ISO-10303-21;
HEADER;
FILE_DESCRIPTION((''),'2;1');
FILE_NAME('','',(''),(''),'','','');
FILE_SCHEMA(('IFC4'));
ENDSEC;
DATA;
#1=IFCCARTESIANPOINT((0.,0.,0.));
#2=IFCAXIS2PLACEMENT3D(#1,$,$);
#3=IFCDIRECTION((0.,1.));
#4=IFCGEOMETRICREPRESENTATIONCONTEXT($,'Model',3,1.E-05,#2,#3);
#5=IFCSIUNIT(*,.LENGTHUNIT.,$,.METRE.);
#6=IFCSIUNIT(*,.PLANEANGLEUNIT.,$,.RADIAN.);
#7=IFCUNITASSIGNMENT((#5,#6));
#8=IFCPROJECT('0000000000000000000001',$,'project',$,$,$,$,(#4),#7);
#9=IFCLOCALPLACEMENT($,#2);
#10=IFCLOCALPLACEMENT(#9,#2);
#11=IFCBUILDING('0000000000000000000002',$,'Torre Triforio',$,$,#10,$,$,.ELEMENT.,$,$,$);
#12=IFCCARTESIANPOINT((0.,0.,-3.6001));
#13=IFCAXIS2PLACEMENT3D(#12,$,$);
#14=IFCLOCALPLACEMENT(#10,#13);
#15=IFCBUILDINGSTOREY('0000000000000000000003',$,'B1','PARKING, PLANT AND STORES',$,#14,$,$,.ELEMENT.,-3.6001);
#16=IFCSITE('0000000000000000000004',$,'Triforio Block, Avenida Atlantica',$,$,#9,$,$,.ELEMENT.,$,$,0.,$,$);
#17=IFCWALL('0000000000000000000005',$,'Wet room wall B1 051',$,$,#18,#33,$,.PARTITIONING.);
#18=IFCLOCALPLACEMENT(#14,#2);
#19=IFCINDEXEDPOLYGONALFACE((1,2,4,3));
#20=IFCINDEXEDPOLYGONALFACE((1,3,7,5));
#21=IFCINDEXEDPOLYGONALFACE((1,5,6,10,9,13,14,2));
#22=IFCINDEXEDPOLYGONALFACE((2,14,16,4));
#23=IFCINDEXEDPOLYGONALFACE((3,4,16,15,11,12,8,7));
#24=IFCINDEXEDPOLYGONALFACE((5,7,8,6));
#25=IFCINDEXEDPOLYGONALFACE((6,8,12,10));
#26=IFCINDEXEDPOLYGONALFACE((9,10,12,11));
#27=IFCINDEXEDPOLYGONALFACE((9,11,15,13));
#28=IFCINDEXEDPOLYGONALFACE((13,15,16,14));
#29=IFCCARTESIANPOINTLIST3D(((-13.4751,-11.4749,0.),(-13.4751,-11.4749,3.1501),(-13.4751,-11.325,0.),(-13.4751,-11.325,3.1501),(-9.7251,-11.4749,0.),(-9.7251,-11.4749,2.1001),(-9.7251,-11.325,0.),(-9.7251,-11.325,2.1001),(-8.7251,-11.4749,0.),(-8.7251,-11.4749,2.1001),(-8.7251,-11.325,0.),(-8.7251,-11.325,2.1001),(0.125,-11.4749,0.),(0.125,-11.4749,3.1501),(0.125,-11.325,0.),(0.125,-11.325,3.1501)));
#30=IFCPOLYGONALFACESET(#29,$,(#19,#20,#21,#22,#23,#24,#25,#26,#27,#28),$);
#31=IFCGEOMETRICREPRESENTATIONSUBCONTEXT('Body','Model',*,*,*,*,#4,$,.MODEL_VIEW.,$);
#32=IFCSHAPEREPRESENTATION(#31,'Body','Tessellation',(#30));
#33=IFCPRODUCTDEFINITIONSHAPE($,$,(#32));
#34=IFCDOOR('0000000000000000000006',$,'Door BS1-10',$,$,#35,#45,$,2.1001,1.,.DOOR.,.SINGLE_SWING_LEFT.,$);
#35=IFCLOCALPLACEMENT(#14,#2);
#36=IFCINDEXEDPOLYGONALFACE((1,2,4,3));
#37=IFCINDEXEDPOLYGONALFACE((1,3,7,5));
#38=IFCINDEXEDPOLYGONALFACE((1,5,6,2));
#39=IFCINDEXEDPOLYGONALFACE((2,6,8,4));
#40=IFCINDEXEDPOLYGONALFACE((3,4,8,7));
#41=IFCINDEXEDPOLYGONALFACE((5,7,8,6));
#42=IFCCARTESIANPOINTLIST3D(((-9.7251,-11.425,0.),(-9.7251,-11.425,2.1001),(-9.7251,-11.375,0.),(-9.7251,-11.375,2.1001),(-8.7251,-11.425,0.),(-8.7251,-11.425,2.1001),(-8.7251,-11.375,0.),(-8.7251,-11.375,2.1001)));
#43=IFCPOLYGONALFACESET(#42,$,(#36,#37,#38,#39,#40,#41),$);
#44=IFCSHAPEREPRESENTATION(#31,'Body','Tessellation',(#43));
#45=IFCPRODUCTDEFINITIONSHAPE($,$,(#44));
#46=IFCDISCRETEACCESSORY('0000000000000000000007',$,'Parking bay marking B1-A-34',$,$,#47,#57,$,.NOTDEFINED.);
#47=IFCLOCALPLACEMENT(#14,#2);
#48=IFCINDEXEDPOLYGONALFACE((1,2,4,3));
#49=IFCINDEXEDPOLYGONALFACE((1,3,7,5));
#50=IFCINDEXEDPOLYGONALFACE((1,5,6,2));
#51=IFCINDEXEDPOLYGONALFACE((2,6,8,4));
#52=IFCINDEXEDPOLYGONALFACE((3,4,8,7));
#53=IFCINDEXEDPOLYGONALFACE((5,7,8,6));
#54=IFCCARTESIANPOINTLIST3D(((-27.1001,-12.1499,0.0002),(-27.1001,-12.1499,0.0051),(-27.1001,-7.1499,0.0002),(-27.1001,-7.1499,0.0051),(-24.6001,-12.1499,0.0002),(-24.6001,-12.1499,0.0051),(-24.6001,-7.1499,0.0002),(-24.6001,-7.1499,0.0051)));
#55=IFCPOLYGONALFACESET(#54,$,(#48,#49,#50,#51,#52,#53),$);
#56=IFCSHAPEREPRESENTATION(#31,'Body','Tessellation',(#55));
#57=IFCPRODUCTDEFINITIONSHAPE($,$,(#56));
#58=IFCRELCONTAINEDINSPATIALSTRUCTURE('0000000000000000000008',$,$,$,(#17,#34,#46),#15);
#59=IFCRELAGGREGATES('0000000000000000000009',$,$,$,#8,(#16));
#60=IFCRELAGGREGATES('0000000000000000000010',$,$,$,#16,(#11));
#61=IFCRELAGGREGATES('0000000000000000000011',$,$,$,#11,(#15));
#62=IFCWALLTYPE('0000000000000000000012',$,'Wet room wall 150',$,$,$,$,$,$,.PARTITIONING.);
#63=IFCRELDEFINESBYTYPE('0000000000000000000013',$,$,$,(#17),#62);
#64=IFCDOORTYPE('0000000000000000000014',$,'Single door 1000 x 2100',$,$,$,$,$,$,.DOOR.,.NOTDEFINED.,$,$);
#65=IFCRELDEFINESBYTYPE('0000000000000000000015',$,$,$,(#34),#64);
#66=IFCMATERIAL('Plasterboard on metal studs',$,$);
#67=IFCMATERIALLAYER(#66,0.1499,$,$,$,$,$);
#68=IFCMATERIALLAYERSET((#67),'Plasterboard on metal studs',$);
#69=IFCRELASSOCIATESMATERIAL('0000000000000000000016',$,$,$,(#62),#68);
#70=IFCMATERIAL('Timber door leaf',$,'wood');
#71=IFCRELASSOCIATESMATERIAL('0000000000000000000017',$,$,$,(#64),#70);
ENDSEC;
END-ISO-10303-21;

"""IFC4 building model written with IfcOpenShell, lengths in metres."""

from ifc_helpers import new_model, si_unit, direction, frame, frame_2d, origin, origin_2d, place, context, subcontext, project, spatial, rectangle, extrude, material, layer, layer_set, type_object, element, fill, save


model = new_model("IFC4")

# Units and contexts
model_context = context("Model", 3, precision=1e-05, world=origin(), true_north=direction((0.0, 1.0)))
body_context = subcontext(model_context, "Body", "Model", "MODEL_VIEW")
ifc_project = project(units=[si_unit("LENGTHUNIT", "METRE"), si_unit("PLANEANGLEUNIT", "RADIAN")], contexts=[model_context])

# Site, building, storey
site_placement = place(None, origin())
site = spatial("IfcSite", under=ifc_project, at=site_placement, Name="Triforio Block, Avenida Atlantica", CompositionType="ELEMENT", RefElevation=0.0)
building_placement = place(site_placement, origin())
building = spatial("IfcBuilding", under=site, at=building_placement, Name="Torre Triforio", CompositionType="ELEMENT")
storey_placement = place(building_placement, frame((0.0, 0.0, -3.6001)))
storey = spatial("IfcBuildingStorey", under=building, at=storey_placement, Name="B1", Description="PARKING, PLANT AND STORES", CompositionType="ELEMENT", Elevation=-3.6001)

# Wall, opening, door
ifc_material_1 = material(Name="Plasterboard on metal studs")
ifc_layer_1 = layer(ifc_material_1, 0.1499)
ifc_layer_set_1 = layer_set([ifc_layer_1], Name="Plasterboard on metal studs")
wall_type_1 = type_object("IfcWallType", Name="Wet room wall 150", PredefinedType="PARTITIONING", material=ifc_layer_set_1)
wall_1_placement = place(storey_placement, frame((-13.4751, -11.3999, 0.0), z_axis=(0.0, 0.0, 1.0), x_axis=(1.0, 0.0, 0.0)))
wall_1 = element("IfcWall", 1, at=wall_1_placement, inside=storey, type_object=wall_type_1, Name="Wet room wall B1 051", PredefinedType="PARTITIONING", context=body_context, shape_type="SweptSolid", body=[
    extrude(rectangle(XDim=13.6001, YDim=0.1499, at=frame_2d((6.8, 0.0))), origin(), (0.0, 0.0, 1.0), 3.1501),
])
opening_1_placement = place(wall_1_placement, frame((3.75, 0.0, 0.0)))
opening_1 = element("IfcOpeningElement", 2, at=opening_1_placement, cuts=wall_1, PredefinedType="OPENING", context=body_context, shape_type="SweptSolid", body=[
    extrude(rectangle(XDim=1.0, YDim=2.1001, at=frame_2d((0.5, 1.05))), frame((0.0, 0.085, 0.0), z_axis=(0.0, -1.0, 0.0), x_axis=(1.0, 0.0, 0.0)), (0.0, 0.0, 1.0), 0.1699),
])
ifc_material_2 = material(Name="Timber door leaf", Category="wood")
door_type_1 = type_object("IfcDoorType", Name="Single door 1000 x 2100", OperationType="NOTDEFINED", PredefinedType="DOOR", material=ifc_material_2)
door_1_placement = place(opening_1_placement, origin())
door_1 = element("IfcDoor", 3, at=door_1_placement, inside=storey, type_object=door_type_1, Name="Door BS1-10", OperationType="SINGLE_SWING_LEFT", OverallHeight=2.1001, OverallWidth=1.0, PredefinedType="DOOR", context=body_context, shape_type="SweptSolid", body=[
    extrude(rectangle(XDim=1.0, YDim=2.1001, at=frame_2d((0.5, 1.05))), frame((0.0, 0.0249, 0.0), z_axis=(0.0, -1.0, 0.0), x_axis=(1.0, 0.0, 0.0)), (0.0, 0.0, 1.0), 0.05),
])
fill(opening_1, door_1)

# Discrete accessory
discrete_accessory_placement = place(storey_placement, frame((-25.8501, -9.6499, 0.0002), z_axis=(0.0, 0.0, 1.0), x_axis=(1.0, 0.0, 0.0)))
element("IfcDiscreteAccessory", 4, at=discrete_accessory_placement, inside=storey, Name="Parking bay marking B1-A-34", PredefinedType="NOTDEFINED", context=body_context, shape_type="SweptSolid", body=[
    extrude(rectangle(XDim=2.5, YDim=5.0, at=origin_2d()), origin(), (0.0, 0.0, 1.0), 0.0049),
])

save(model, "model.ifc")
